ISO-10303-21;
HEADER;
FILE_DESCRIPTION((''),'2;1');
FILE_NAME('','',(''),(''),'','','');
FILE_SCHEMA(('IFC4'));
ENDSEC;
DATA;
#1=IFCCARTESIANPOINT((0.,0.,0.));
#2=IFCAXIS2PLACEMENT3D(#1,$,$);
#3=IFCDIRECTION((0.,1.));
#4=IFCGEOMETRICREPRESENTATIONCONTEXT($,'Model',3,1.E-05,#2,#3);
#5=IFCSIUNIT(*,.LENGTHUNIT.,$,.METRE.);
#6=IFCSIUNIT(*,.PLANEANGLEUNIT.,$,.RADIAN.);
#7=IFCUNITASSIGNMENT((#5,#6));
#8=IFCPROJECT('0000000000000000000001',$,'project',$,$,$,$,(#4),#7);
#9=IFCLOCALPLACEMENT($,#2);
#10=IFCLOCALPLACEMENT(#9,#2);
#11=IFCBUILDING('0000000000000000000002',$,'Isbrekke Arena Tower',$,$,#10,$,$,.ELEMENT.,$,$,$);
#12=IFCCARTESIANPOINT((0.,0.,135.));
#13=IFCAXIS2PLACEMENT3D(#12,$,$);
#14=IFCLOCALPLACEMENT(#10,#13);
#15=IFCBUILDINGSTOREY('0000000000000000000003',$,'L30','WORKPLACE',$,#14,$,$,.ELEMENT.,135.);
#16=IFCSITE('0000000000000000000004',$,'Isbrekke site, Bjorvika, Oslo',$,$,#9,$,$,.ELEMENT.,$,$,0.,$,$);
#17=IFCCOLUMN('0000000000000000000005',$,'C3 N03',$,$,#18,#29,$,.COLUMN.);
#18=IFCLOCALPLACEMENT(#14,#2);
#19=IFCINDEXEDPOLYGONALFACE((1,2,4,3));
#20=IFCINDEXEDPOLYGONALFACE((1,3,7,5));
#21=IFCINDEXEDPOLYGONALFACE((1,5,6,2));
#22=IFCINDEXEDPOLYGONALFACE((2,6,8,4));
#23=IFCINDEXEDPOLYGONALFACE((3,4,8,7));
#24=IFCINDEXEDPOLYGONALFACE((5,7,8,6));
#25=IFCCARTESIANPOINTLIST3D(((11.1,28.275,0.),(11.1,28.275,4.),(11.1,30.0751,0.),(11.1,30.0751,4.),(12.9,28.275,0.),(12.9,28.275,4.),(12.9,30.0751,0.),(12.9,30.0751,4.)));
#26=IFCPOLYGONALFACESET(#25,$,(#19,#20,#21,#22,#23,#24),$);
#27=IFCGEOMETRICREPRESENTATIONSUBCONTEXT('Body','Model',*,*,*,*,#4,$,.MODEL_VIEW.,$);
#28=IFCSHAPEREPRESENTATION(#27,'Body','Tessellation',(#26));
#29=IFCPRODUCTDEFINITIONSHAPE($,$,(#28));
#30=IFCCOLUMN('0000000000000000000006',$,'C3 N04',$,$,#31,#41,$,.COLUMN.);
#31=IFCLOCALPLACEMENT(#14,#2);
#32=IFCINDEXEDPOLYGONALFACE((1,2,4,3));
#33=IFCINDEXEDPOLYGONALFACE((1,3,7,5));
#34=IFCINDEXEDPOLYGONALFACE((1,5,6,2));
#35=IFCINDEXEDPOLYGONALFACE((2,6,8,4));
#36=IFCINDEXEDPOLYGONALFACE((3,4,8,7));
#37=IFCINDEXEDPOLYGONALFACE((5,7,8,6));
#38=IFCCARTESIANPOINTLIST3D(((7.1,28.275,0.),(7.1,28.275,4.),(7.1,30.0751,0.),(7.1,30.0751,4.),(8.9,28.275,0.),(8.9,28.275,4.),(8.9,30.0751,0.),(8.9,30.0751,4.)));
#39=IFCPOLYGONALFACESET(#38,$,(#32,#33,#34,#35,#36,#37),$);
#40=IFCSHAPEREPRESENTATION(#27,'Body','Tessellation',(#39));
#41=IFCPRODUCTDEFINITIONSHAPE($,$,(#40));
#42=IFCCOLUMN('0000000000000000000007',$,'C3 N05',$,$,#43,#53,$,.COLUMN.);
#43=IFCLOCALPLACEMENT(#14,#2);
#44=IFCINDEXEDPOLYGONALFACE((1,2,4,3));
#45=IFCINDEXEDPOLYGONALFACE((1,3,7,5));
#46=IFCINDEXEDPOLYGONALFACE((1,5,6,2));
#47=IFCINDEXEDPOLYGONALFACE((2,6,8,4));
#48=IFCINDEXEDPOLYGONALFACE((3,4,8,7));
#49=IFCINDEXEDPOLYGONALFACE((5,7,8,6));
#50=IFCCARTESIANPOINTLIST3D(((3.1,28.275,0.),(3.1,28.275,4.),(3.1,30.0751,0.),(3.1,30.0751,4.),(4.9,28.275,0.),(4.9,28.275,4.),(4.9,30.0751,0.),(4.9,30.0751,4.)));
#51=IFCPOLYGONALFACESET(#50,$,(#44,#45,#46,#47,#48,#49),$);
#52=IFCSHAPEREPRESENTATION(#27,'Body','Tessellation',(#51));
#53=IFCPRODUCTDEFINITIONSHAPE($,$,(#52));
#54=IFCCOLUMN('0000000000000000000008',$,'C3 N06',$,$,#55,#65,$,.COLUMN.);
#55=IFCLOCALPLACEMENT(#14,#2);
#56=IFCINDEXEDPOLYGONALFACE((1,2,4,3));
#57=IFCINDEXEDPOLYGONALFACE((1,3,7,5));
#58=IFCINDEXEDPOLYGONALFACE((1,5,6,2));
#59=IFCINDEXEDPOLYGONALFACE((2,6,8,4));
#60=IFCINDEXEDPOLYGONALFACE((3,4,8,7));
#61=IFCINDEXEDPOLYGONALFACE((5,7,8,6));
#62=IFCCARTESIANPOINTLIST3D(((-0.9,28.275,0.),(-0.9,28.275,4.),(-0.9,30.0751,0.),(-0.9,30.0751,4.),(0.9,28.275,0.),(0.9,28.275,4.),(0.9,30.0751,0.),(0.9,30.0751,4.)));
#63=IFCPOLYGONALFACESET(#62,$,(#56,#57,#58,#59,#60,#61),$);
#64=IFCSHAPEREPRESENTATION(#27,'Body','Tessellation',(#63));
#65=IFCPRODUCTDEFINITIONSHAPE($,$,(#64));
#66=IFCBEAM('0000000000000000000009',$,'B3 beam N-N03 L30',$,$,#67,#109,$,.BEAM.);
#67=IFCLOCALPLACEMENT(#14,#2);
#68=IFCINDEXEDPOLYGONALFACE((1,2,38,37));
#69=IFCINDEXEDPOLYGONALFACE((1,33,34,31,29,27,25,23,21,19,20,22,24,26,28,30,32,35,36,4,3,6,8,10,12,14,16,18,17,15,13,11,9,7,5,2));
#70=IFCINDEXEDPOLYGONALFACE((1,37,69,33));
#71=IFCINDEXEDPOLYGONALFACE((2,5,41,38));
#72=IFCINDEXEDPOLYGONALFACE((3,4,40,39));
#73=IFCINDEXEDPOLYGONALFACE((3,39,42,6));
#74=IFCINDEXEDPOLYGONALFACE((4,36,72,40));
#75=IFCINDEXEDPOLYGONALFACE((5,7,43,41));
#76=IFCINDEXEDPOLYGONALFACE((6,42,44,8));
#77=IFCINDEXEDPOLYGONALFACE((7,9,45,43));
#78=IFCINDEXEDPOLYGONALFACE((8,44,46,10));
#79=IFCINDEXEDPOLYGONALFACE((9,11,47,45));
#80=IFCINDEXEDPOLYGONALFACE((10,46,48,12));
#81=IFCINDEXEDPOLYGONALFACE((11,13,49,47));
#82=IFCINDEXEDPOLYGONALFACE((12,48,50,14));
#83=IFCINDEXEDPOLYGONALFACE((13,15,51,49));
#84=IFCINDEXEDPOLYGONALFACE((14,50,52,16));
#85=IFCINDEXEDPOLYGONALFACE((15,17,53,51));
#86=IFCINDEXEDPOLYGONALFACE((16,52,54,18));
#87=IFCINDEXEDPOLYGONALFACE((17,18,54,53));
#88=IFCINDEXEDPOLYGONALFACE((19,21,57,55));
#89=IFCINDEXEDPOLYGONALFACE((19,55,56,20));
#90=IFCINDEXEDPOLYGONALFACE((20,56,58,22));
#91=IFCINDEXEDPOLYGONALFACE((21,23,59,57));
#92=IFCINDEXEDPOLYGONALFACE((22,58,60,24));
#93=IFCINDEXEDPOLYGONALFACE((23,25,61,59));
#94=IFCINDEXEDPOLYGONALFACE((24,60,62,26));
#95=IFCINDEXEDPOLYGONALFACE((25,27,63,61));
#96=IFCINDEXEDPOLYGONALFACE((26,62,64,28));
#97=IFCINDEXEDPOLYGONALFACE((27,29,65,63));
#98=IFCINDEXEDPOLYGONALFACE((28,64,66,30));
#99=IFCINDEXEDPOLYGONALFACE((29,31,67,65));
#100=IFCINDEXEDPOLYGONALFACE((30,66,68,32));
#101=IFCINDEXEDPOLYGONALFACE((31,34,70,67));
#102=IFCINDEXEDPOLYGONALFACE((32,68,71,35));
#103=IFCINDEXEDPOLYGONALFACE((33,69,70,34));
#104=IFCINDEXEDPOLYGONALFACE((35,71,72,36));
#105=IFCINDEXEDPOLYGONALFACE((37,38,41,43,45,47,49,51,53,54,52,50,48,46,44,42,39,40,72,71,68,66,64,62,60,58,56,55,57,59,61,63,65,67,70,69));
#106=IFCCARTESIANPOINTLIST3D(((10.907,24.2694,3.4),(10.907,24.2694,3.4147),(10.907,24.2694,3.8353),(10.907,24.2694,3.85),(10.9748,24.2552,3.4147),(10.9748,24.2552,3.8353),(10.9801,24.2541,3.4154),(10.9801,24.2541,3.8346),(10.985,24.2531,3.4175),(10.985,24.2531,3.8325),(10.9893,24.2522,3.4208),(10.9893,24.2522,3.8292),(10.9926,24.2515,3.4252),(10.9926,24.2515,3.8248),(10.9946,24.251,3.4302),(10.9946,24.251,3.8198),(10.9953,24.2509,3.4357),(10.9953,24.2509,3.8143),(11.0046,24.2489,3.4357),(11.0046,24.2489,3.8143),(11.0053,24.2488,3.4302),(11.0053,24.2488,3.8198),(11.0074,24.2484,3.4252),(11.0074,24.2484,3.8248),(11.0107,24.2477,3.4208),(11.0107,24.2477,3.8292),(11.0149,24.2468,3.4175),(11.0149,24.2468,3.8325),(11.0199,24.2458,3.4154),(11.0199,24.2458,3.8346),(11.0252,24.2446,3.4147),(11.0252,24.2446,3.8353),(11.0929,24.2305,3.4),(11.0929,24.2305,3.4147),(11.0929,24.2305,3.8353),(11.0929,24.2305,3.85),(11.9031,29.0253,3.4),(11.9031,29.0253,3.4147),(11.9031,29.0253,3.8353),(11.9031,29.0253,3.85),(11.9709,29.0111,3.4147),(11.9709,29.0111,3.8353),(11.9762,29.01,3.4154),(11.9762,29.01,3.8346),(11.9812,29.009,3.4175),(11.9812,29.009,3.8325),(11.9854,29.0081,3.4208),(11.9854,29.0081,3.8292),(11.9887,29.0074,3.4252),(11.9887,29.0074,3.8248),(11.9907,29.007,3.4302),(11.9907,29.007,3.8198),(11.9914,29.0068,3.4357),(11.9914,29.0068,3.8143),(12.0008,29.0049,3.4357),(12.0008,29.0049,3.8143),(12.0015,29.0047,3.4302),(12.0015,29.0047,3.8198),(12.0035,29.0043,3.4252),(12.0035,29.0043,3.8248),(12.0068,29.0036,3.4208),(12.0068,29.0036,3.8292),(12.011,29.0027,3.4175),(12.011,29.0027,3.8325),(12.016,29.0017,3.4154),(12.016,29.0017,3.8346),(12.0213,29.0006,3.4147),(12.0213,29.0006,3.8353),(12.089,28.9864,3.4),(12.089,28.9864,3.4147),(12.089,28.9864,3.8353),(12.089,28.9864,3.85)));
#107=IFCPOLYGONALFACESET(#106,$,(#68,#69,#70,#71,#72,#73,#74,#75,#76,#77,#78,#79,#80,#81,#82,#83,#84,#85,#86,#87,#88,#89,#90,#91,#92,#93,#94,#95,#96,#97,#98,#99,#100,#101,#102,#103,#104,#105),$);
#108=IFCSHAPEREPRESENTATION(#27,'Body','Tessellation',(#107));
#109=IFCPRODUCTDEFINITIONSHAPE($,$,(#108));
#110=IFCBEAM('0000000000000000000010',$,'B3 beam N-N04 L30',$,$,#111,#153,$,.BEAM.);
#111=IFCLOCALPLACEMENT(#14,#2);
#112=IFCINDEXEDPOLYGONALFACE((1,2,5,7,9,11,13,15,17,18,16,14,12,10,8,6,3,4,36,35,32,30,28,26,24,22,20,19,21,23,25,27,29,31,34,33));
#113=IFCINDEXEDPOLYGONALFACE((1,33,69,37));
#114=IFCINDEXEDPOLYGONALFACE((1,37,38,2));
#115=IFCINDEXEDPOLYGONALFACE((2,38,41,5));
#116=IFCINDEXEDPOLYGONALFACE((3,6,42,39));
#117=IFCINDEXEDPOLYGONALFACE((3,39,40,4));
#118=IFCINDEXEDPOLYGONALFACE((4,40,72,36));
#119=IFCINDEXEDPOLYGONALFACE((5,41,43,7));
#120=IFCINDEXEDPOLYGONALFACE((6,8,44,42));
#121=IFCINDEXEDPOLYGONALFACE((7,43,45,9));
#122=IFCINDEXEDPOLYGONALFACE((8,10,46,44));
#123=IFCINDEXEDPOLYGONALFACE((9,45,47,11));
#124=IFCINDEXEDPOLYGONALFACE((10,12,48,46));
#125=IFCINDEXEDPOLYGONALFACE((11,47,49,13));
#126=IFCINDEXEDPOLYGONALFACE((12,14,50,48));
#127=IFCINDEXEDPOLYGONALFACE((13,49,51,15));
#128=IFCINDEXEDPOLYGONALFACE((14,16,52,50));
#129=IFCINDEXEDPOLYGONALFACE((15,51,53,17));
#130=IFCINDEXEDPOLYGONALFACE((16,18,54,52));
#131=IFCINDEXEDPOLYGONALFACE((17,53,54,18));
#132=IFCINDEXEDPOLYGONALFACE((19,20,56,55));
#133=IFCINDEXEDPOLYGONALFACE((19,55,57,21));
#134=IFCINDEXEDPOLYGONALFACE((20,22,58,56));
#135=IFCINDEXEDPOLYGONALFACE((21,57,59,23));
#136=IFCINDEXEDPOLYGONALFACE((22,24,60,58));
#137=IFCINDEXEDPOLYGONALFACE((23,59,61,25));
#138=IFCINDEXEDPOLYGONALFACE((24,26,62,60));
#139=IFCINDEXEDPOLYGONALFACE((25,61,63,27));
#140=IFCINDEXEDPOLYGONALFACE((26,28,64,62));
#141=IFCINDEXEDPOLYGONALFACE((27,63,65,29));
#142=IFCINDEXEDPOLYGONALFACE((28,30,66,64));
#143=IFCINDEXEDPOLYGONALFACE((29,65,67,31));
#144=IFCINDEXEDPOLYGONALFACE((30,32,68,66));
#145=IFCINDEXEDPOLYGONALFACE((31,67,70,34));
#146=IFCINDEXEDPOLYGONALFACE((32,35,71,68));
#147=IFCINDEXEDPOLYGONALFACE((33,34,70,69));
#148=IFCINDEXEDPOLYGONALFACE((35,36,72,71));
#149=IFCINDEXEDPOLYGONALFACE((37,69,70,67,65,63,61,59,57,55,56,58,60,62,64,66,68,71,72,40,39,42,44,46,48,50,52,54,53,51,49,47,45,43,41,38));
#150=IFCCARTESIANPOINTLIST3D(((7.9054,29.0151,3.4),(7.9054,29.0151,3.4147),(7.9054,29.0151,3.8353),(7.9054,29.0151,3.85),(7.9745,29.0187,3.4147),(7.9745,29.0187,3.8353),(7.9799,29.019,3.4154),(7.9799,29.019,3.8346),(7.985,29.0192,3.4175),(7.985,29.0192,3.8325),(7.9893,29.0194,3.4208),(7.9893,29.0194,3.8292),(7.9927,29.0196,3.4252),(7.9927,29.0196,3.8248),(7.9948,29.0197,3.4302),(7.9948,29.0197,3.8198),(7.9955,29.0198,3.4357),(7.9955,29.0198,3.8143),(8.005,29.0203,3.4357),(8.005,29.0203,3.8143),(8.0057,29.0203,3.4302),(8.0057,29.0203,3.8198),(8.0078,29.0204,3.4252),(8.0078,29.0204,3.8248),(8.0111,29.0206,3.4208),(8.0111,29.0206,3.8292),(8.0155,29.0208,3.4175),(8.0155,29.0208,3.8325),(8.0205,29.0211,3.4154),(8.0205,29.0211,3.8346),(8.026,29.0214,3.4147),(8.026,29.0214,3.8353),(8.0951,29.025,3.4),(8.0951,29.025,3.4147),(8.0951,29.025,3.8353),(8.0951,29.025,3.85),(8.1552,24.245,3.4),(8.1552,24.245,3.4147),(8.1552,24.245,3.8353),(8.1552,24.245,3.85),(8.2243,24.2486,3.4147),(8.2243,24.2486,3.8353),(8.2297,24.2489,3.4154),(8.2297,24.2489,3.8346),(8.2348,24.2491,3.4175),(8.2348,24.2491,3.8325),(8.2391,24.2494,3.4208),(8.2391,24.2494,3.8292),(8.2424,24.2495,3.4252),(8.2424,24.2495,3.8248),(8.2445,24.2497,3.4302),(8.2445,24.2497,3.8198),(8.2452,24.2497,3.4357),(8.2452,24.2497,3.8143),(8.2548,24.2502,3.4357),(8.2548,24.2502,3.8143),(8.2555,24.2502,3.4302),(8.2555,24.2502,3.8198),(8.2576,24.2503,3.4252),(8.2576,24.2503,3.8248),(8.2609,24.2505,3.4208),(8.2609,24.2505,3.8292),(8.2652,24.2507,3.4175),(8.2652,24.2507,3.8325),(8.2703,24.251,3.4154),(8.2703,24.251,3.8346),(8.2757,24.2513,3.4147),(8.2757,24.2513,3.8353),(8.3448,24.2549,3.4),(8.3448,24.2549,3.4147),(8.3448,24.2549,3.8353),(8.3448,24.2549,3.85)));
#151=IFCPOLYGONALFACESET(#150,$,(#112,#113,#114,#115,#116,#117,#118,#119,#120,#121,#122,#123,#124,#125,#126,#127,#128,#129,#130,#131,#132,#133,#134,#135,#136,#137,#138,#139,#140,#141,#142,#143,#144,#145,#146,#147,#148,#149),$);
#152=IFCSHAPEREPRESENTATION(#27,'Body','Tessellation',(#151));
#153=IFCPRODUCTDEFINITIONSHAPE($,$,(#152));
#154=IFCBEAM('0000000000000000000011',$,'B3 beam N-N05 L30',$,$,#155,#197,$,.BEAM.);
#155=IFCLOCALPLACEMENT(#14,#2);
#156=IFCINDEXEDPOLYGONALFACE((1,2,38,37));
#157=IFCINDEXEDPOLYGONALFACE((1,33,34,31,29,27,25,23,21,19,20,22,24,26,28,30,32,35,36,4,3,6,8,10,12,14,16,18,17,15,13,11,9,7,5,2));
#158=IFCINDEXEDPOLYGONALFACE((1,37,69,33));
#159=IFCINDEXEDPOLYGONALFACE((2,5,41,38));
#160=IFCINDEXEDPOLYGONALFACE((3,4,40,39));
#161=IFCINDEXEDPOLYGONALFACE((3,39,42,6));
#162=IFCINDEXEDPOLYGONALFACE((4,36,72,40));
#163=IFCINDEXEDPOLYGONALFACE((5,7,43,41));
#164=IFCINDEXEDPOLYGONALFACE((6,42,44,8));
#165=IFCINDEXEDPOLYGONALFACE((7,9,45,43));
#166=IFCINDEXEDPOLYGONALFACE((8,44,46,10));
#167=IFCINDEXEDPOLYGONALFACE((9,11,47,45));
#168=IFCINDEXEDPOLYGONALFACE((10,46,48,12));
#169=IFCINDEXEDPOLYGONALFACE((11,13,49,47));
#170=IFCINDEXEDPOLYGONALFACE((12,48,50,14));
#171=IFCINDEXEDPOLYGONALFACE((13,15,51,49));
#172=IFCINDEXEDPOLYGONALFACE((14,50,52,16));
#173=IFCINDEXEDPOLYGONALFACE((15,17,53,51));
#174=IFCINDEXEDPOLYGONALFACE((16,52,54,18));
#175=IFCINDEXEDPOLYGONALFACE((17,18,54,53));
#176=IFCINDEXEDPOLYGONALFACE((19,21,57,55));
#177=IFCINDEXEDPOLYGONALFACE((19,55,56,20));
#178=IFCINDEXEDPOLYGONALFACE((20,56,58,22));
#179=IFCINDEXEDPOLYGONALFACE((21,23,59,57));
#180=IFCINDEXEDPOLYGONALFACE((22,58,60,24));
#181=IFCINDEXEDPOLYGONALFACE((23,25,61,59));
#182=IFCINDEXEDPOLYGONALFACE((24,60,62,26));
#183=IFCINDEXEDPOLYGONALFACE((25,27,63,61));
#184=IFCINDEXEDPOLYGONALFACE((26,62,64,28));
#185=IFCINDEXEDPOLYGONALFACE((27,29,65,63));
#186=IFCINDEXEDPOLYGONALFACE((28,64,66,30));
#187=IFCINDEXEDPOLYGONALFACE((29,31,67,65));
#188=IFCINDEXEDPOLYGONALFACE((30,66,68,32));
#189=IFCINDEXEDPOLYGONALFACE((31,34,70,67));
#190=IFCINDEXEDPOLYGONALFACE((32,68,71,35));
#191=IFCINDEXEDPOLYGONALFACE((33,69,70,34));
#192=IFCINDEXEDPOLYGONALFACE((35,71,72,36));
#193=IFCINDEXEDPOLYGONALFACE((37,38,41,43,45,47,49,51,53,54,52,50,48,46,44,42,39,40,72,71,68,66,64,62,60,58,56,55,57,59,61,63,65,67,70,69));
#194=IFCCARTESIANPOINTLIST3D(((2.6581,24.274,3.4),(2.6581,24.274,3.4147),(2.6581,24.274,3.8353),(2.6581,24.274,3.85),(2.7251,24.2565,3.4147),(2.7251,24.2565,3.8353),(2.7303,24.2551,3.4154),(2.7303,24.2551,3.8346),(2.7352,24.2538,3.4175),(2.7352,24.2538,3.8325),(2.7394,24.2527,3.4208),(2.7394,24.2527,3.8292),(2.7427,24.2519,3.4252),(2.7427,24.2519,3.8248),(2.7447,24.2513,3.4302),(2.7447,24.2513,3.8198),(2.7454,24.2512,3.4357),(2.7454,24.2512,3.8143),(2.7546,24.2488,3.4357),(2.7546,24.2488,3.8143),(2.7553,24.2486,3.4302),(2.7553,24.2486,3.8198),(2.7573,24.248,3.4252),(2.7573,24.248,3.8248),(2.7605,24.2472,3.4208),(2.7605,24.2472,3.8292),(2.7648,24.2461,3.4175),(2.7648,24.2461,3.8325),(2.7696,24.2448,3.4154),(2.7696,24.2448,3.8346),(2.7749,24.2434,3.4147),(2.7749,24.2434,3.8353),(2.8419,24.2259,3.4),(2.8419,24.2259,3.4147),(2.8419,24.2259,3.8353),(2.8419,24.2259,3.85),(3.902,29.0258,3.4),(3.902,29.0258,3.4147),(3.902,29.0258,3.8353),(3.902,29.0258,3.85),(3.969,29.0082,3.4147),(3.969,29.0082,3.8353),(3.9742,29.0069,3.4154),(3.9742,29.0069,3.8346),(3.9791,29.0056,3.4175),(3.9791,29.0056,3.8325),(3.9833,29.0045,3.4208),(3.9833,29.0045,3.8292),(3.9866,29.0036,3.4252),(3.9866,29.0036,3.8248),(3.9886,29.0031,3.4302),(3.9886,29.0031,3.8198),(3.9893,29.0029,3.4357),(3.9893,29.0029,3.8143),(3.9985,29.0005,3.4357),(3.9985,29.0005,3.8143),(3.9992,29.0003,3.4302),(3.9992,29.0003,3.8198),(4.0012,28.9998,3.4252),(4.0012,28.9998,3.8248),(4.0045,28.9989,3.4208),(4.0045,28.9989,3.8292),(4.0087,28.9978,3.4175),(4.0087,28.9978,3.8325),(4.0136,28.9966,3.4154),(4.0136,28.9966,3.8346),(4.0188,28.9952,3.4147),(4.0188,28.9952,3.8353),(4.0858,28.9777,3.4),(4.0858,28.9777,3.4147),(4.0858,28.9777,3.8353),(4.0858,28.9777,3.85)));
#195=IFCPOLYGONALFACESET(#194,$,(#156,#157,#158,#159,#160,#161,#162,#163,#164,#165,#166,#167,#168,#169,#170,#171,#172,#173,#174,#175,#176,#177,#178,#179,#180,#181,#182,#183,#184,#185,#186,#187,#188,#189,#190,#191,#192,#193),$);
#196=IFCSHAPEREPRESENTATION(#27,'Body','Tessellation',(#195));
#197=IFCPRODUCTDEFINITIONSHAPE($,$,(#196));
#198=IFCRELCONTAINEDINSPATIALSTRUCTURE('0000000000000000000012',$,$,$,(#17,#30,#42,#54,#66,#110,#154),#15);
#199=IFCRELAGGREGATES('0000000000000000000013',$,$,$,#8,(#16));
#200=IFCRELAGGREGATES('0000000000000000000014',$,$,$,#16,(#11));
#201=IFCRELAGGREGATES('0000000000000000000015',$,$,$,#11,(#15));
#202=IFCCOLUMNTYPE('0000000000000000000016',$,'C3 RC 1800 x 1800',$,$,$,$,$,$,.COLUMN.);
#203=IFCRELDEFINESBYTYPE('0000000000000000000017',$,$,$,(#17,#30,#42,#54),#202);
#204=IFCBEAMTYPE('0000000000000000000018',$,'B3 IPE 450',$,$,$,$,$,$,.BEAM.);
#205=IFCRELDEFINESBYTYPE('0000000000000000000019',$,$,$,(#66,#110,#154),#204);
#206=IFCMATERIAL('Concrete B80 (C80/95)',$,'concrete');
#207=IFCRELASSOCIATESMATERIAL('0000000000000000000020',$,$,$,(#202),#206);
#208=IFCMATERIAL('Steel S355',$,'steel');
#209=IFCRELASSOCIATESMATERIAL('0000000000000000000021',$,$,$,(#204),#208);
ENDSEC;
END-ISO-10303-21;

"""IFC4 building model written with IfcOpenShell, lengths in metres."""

from ifc_helpers import new_model, si_unit, direction, frame, origin, origin_2d, place, context, subcontext, project, spatial, rectangle, i_section, extrude, material, material_profile, profile_set, type_object, element, save


model = new_model("IFC4")

# Units and contexts
model_context = context("Model", 3, precision=1e-05, world=origin(), true_north=direction((0.0, 1.0)))
body_context = subcontext(model_context, "Body", "Model", "MODEL_VIEW")
ifc_project = project(units=[si_unit("LENGTHUNIT", "METRE"), si_unit("PLANEANGLEUNIT", "RADIAN")], contexts=[model_context])

# Site, building, storey
site_placement = place(None, origin())
site = spatial("IfcSite", under=ifc_project, at=site_placement, Name="Isbrekke site, Bjorvika, Oslo", CompositionType="ELEMENT", RefElevation=0.0)
building_placement = place(site_placement, origin())
building = spatial("IfcBuilding", under=site, at=building_placement, Name="Isbrekke Arena Tower", CompositionType="ELEMENT")
storey_placement = place(building_placement, frame((0.0, 0.0, 135.0)))
storey = spatial("IfcBuildingStorey", under=building, at=storey_placement, Name="L30", Description="WORKPLACE", CompositionType="ELEMENT", Elevation=135.0)

# Columns
ifc_material_1 = material(Name="Concrete B80 (C80/95)", Category="concrete")
ifc_material_profile_1 = material_profile(ifc_material_1, rectangle(XDim=1.8, YDim=1.8, at=origin_2d()), Name="RC 1800x1800")
ifc_profile_set_1 = profile_set([ifc_material_profile_1], Name="Concrete B80 (C80/95)")
column_type = type_object("IfcColumnType", Name="C3 RC 1800 x 1800", PredefinedType="COLUMN", material=ifc_profile_set_1)
for number, where, z_axis, x_axis, name in (
    (1, (12.0, 29.175, 0.0), (0.0, 0.0, 1.0), (-1.0, 0.0, 0.0), "C3 N03"),
    (2, (8.0, 29.175, 0.0), (0.0, 0.0, 1.0), (-1.0, 0.0, 0.0), "C3 N04"),
    (3, (4.0, 29.175, 0.0), (0.0, 0.0, 1.0), (-1.0, 0.0, 0.0), "C3 N05"),
    (4, (0.0, 29.175, 0.0), (0.0, 0.0, 1.0), (-1.0, 0.0, 0.0), "C3 N06"),
):
    element("IfcColumn", number, at=place(storey_placement, frame(where, z_axis=z_axis, x_axis=x_axis)), inside=storey, type_object=column_type, Name=name, PredefinedType="COLUMN", context=body_context, shape_type="SweptSolid", body=[
        extrude(rectangle(XDim=1.8, YDim=1.8, at=origin_2d()), origin(), (0.0, 0.0, 1.0), 4.0),
    ])

# Beams
ifc_material_2 = material(Name="Steel S355", Category="steel")
ifc_material_profile_2 = material_profile(ifc_material_2, i_section(OverallWidth=0.1899, OverallDepth=0.45, WebThickness=0.0095, FlangeThickness=0.0146, FilletRadius=0.021, at=origin_2d()), Name="IPE 450")
ifc_profile_set_2 = profile_set([ifc_material_profile_2], Name="Steel S355")
beam_type_1 = type_object("IfcBeamType", Name="B3 IPE 450", PredefinedType="BEAM", material=ifc_profile_set_2)
beam_1_placement = place(storey_placement, frame((11.9961, 29.0059, 3.625), z_axis=(-0.204997, -0.978762, 0.0), x_axis=(0.978762, -0.204997, 0.0)))
element("IfcBeam", 5, at=beam_1_placement, inside=storey, type_object=beam_type_1, Name="B3 beam N-N03 L30", PredefinedType="BEAM", context=body_context, shape_type="SweptSolid", body=[
    extrude(i_section(OverallWidth=0.1899, OverallDepth=0.45, WebThickness=0.0095, FlangeThickness=0.0146, FilletRadius=0.021, at=origin_2d()), origin(), (0.0, 0.0, 1.0), 4.8591),
])
beam_2_placement = place(storey_placement, frame((8.0002, 29.02, 3.625), z_axis=(0.052288, -0.998632, 0.0), x_axis=(0.998632, 0.052288, 0.0)))
element("IfcBeam", 6, at=beam_2_placement, inside=storey, type_object=beam_type_1, Name="B3 beam N-N04 L30", PredefinedType="BEAM", context=body_context, shape_type="SweptSolid", body=[
    extrude(i_section(OverallWidth=0.1899, OverallDepth=0.45, WebThickness=0.0095, FlangeThickness=0.0146, FilletRadius=0.021, at=origin_2d()), origin(), (0.0, 0.0, 1.0), 4.7766),
])
beam_3_placement = place(storey_placement, frame((3.9939, 29.0017, 3.625), z_axis=(-0.253245, -0.967402, 0.0), x_axis=(0.967402, -0.253245, 0.0)))
element("IfcBeam", 7, at=beam_3_placement, inside=storey, type_object=beam_type_1, Name="B3 beam N-N05 L30", PredefinedType="BEAM", context=body_context, shape_type="SweptSolid", body=[
    extrude(i_section(OverallWidth=0.1899, OverallDepth=0.45, WebThickness=0.0095, FlangeThickness=0.0146, FilletRadius=0.021, at=origin_2d()), origin(), (0.0, 0.0, 1.0), 4.9119),
])

save(model, "model.ifc")
